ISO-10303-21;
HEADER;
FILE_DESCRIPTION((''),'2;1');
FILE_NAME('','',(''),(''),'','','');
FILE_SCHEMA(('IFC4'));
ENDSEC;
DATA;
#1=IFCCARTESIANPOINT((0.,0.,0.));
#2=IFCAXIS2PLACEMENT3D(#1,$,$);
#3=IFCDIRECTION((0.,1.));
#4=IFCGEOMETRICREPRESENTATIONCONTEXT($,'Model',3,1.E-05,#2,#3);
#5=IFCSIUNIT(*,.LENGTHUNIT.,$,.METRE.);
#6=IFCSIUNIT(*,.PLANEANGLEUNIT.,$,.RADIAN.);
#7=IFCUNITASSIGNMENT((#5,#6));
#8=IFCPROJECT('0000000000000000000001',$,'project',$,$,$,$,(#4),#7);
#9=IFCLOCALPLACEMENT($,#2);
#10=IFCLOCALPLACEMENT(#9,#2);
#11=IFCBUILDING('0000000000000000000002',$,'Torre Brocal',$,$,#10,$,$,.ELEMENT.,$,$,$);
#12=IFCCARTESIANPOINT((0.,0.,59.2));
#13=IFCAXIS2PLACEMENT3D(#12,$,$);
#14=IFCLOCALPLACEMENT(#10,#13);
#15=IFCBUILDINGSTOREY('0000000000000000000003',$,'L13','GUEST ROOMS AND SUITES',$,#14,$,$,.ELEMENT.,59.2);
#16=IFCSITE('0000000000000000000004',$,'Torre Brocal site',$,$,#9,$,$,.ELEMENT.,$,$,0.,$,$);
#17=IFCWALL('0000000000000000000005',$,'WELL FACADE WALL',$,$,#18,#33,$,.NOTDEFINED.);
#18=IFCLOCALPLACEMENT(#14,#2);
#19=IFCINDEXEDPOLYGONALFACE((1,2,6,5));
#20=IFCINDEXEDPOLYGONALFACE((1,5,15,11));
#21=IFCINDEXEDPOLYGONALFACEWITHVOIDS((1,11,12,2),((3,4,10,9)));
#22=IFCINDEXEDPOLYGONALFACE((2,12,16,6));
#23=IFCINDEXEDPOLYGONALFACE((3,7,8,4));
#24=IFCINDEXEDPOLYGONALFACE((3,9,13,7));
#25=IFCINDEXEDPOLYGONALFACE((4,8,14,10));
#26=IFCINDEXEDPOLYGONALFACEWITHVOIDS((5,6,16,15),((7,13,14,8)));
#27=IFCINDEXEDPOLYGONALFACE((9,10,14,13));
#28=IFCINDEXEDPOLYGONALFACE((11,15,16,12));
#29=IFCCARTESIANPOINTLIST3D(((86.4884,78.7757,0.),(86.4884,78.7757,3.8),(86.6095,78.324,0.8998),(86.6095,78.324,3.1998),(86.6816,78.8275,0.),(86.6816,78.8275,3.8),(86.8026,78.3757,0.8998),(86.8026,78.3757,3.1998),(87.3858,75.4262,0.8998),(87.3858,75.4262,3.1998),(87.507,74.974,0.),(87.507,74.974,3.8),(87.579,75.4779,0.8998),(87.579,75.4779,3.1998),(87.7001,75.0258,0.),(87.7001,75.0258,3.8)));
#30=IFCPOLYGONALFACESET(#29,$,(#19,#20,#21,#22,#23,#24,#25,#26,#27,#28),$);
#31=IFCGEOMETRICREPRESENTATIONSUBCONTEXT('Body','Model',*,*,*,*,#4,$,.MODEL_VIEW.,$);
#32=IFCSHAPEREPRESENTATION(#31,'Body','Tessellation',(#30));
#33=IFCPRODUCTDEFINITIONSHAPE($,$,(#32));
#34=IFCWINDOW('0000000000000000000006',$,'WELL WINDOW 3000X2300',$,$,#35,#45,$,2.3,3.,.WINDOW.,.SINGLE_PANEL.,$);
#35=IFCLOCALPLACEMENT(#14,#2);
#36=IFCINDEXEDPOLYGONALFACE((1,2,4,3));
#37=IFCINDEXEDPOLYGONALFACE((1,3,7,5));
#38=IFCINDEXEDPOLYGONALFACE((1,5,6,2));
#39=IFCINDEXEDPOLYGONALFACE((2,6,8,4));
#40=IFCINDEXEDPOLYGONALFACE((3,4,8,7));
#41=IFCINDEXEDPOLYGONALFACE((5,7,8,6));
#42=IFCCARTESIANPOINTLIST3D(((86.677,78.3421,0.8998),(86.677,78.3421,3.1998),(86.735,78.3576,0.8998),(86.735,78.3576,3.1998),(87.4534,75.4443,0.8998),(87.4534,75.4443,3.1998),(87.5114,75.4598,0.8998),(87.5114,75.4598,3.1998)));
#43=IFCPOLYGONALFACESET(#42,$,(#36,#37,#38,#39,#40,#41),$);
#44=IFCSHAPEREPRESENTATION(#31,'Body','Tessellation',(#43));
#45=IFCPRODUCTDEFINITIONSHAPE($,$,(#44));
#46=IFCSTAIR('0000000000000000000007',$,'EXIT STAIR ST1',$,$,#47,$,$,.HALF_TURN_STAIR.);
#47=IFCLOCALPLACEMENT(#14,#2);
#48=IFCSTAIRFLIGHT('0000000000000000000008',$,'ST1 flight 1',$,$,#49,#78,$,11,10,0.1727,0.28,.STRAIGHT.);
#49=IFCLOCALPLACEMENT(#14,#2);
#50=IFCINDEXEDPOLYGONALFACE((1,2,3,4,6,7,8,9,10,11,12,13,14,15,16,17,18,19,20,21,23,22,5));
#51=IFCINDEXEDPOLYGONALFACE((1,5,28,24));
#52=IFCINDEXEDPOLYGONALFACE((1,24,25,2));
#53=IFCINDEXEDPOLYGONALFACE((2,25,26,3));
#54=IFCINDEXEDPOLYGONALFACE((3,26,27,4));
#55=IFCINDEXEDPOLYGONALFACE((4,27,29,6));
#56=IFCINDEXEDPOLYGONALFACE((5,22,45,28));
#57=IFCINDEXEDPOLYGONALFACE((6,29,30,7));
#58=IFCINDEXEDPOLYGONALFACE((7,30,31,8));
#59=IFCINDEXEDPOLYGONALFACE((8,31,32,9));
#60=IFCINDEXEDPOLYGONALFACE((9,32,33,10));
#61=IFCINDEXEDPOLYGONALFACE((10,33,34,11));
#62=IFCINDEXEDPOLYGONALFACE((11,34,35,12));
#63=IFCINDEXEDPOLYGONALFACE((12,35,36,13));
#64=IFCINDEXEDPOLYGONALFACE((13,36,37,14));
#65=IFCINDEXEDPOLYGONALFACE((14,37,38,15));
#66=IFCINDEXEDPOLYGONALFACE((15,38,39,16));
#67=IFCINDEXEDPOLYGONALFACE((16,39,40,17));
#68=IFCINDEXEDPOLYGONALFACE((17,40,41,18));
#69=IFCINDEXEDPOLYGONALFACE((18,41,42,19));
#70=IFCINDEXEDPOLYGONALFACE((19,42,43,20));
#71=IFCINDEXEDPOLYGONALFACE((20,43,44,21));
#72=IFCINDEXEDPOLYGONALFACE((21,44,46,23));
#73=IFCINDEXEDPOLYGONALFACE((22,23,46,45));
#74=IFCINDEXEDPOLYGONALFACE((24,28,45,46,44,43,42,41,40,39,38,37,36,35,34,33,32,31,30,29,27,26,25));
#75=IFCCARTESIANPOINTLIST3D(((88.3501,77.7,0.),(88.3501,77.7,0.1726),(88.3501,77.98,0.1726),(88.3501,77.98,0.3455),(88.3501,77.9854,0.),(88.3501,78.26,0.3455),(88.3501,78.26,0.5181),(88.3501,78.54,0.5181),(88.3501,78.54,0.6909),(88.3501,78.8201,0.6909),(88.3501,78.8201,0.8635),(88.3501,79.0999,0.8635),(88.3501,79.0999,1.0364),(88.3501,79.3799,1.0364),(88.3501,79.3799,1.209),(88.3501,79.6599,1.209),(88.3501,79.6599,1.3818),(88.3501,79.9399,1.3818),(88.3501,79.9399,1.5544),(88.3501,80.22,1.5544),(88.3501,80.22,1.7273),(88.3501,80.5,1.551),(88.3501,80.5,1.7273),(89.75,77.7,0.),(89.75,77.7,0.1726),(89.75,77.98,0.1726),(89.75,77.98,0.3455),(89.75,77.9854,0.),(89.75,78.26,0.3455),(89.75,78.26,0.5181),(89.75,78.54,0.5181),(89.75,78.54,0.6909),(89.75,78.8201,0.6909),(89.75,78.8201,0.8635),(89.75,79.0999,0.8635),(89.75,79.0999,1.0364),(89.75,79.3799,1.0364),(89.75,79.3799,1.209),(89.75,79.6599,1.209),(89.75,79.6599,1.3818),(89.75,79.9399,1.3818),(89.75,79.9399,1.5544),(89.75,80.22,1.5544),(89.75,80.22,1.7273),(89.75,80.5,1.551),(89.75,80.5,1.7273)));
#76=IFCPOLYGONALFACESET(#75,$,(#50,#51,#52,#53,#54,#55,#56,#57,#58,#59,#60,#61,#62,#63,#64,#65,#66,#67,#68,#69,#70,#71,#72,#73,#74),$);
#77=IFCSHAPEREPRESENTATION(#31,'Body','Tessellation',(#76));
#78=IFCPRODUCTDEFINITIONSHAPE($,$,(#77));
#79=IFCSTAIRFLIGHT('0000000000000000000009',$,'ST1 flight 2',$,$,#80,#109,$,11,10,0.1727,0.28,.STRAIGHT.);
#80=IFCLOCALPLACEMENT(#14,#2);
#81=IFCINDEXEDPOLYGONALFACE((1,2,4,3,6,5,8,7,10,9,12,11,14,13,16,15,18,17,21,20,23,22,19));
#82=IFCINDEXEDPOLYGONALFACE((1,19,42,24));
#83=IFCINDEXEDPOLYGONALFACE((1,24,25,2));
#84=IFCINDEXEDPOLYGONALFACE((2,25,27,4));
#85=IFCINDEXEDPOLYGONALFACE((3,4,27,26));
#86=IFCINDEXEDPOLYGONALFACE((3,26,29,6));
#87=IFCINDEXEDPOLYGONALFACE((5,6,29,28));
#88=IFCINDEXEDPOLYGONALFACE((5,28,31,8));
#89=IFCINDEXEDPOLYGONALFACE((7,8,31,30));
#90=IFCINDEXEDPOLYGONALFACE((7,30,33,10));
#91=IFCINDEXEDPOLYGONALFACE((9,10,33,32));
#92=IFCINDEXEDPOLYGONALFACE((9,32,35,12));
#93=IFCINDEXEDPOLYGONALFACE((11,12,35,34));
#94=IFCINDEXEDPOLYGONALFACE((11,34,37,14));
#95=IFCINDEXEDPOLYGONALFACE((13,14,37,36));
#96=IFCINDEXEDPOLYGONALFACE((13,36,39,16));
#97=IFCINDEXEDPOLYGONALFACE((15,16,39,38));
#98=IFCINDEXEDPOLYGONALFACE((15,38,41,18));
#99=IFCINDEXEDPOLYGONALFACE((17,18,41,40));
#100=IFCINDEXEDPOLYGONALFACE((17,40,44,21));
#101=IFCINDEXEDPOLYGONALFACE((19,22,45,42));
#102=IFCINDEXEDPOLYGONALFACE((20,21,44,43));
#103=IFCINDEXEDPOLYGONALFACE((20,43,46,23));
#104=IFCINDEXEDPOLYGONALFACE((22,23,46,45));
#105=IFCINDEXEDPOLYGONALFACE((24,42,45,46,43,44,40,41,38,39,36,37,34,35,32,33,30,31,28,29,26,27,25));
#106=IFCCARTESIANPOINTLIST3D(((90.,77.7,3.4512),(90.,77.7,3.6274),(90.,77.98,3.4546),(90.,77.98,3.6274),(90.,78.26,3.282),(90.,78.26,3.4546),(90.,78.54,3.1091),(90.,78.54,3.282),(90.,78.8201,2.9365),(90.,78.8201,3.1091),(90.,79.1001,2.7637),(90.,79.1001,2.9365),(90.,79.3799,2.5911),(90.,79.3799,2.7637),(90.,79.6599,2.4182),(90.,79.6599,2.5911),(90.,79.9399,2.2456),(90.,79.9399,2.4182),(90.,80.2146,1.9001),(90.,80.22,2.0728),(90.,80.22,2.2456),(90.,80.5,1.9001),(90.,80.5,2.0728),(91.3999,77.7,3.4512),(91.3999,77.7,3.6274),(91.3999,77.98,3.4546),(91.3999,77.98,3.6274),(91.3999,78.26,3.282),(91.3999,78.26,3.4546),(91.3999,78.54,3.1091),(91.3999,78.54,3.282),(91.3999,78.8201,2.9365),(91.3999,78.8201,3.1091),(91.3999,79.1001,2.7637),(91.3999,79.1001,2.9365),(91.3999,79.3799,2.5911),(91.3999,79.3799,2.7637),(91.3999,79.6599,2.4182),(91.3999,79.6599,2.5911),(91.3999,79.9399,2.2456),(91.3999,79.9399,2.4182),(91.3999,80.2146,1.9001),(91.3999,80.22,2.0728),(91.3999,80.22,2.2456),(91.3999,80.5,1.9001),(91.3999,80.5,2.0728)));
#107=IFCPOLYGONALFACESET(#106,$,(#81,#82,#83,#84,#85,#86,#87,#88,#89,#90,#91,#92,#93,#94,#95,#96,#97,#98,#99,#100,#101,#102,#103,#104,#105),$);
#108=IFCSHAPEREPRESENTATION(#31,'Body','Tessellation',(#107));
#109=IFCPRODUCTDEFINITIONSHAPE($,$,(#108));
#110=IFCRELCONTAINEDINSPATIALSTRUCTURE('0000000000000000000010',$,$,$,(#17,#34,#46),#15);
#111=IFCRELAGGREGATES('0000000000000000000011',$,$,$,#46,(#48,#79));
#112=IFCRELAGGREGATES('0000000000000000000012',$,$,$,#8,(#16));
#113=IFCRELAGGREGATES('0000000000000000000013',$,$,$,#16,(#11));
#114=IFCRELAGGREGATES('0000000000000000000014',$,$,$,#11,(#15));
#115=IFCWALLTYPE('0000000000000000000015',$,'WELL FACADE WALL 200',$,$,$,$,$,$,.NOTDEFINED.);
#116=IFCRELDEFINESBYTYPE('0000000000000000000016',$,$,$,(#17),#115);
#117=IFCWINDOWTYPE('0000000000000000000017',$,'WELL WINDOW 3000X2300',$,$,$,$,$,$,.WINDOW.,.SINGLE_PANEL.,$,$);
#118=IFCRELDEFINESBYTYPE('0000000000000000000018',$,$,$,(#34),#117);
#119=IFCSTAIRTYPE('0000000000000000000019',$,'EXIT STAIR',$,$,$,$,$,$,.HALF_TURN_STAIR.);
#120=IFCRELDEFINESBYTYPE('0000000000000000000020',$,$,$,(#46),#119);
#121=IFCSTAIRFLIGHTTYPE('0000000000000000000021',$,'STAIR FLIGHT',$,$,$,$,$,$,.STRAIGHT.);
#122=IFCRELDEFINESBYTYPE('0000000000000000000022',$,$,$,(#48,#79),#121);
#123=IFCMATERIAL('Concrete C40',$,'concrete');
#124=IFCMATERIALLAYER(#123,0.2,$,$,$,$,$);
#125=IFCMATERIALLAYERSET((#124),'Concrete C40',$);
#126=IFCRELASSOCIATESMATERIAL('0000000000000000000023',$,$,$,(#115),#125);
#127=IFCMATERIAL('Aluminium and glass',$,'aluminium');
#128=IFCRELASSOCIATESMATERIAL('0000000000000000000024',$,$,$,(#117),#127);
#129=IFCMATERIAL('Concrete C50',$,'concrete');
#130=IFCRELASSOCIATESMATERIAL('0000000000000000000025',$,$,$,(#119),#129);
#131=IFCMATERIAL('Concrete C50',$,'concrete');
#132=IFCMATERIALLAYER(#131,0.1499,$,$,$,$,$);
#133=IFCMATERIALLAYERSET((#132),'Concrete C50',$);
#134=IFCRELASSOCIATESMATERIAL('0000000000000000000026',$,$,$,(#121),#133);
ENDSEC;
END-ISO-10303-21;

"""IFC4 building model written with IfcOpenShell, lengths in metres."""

from ifc_helpers import new_model, si_unit, direction, frame, frame_2d, origin, place, context, subcontext, project, spatial, polyline, rectangle, outline, extrude, material, layer, layer_set, type_object, element, fill, aggregate, save


model = new_model("IFC4")

# Units and contexts
model_context = context("Model", 3, precision=1e-05, world=origin(), true_north=direction((0.0, 1.0)))
body_context = subcontext(model_context, "Body", "Model", "MODEL_VIEW")
ifc_project = project(units=[si_unit("LENGTHUNIT", "METRE"), si_unit("PLANEANGLEUNIT", "RADIAN")], contexts=[model_context])

# Site, building, storey
site_placement = place(None, origin())
site = spatial("IfcSite", under=ifc_project, at=site_placement, Name="Torre Brocal site", CompositionType="ELEMENT", RefElevation=0.0)
building_placement = place(site_placement, origin())
building = spatial("IfcBuilding", under=site, at=building_placement, Name="Torre Brocal", CompositionType="ELEMENT")
storey_placement = place(building_placement, frame((0.0, 0.0, 59.2)))
storey = spatial("IfcBuildingStorey", under=building, at=storey_placement, Name="L13", Description="GUEST ROOMS AND SUITES", CompositionType="ELEMENT", Elevation=59.2)

# Wall, opening, window
ifc_material_1 = material(Name="Concrete C40", Category="concrete")
ifc_layer_1 = layer(ifc_material_1, 0.2)
ifc_layer_set_1 = layer_set([ifc_layer_1], Name="Concrete C40")
wall_type_1 = type_object("IfcWallType", Name="WELL FACADE WALL 200", PredefinedType="NOTDEFINED", material=ifc_layer_set_1)
wall_1_placement = place(storey_placement, frame((87.6035, 75.0, 0.0), z_axis=(0.0, 0.0, 1.0), x_axis=(-0.25879, 0.965934, 0.0)))
wall_1 = element("IfcWall", 1, at=wall_1_placement, inside=storey, type_object=wall_type_1, Name="WELL FACADE WALL", PredefinedType="NOTDEFINED", context=body_context, shape_type="SweptSolid", body=[
    extrude(rectangle(XDim=3.9358, YDim=0.2, at=frame_2d((1.9678, 0.0))), origin(), (0.0, 0.0, 1.0), 3.8),
])
opening_1_placement = place(wall_1_placement, frame((0.468, 0.0, 0.8999)))
opening_1 = element("IfcOpeningElement", 2, at=opening_1_placement, cuts=wall_1, PredefinedType="OPENING", context=body_context, shape_type="SweptSolid", body=[
    extrude(rectangle(XDim=3.0, YDim=2.3, at=frame_2d((1.5, 1.1499))), frame((0.0, 0.1099, 0.0), z_axis=(0.0, -1.0, 0.0), x_axis=(1.0, 0.0, 0.0)), (0.0, 0.0, 1.0), 0.22),
])
ifc_material_2 = material(Name="Aluminium and glass", Category="aluminium")
window_type = type_object("IfcWindowType", Name="WELL WINDOW 3000X2300", PartitioningType="SINGLE_PANEL", PredefinedType="WINDOW", material=ifc_material_2)
window_placement = place(opening_1_placement, origin())
window = element("IfcWindow", 3, at=window_placement, inside=storey, type_object=window_type, Name="WELL WINDOW 3000X2300", OverallHeight=2.3, OverallWidth=3.0, PartitioningType="SINGLE_PANEL", PredefinedType="WINDOW", context=body_context, shape_type="SweptSolid", body=[
    extrude(rectangle(XDim=3.0, YDim=2.3, at=frame_2d((1.5, 1.1499))), frame((0.0, 0.03, 0.0), z_axis=(0.0, -1.0, 0.0), x_axis=(1.0, 0.0, 0.0)), (0.0, 0.0, 1.0), 0.0601),
])
fill(opening_1, window)

# Stair, stair flights
ifc_material_3 = material(Name="Concrete C50", Category="concrete")
stair_type = type_object("IfcStairType", Name="EXIT STAIR", PredefinedType="HALF_TURN_STAIR", material=ifc_material_3)
stair_placement = place(storey_placement, origin())
stair = element("IfcStair", 4, at=stair_placement, inside=storey, type_object=stair_type, Name="EXIT STAIR ST1", PredefinedType="HALF_TURN_STAIR")
ifc_material_4 = material(Name="Concrete C50", Category="concrete")
ifc_layer_2 = layer(ifc_material_4, 0.1499)
ifc_layer_set_2 = layer_set([ifc_layer_2], Name="Concrete C50")
stair_flight_type = type_object("IfcStairFlightType", Name="STAIR FLIGHT", PredefinedType="STRAIGHT", material=ifc_layer_set_2)
stair_flight_1_placement = place(storey_placement, frame((89.05, 77.7, 0.0), z_axis=(0.0, 0.0, 1.0), x_axis=(0.0, 1.0, 0.0)))
stair_flight_1 = element("IfcStairFlight", 5, at=stair_flight_1_placement, type_object=stair_flight_type, Name="ST1 flight 1", NumberOfRisers=11, NumberOfTreads=10, PredefinedType="STRAIGHT", RiserHeight=0.1727, TreadLength=0.28, context=body_context, shape_type="SweptSolid", body=[
    extrude(outline(polyline([(0.0, 0.0), (0.0, 0.1726), (0.28, 0.1726), (0.28, 0.3455), (0.5601, 0.3455), (0.5601, 0.5181), (0.8401, 0.5181), (0.8401, 0.6909), (1.1201, 0.6909), (1.1201, 0.8635), (1.3999, 0.8635), (1.3999, 1.0364), (1.6799, 1.0364), (1.6799, 1.209), (1.96, 1.209), (1.96, 1.3818), (2.24, 1.3818), (2.24, 1.5544), (2.52, 1.5544), (2.52, 1.7273), (2.8, 1.7273), (2.8, 1.8999), (2.8, 1.551), (0.2854, 0.0), (0.0, 0.0)])), frame((0.0, 0.7, 0.0), z_axis=(0.0, -1.0, 0.0), x_axis=(1.0, 0.0, 0.0)), (0.0, 0.0, 1.0), 1.3999),
])
stair_flight_2_placement = place(storey_placement, frame((90.7, 80.5, 1.9001), z_axis=(0.0, 0.0, 1.0), x_axis=(0.0, -1.0, 0.0)))
stair_flight_2 = element("IfcStairFlight", 6, at=stair_flight_2_placement, type_object=stair_flight_type, Name="ST1 flight 2", NumberOfRisers=11, NumberOfTreads=10, PredefinedType="STRAIGHT", RiserHeight=0.1727, TreadLength=0.28, context=body_context, shape_type="SweptSolid", body=[
    extrude(outline(polyline([(0.0, 0.0), (0.0, 0.1726), (0.28, 0.1726), (0.28, 0.3455), (0.5601, 0.3455), (0.5601, 0.5181), (0.8401, 0.5181), (0.8401, 0.6909), (1.1201, 0.6909), (1.1201, 0.8635), (1.3999, 0.8635), (1.3999, 1.0364), (1.6799, 1.0364), (1.6799, 1.209), (1.96, 1.209), (1.96, 1.3818), (2.24, 1.3818), (2.24, 1.5544), (2.52, 1.5544), (2.52, 1.7273), (2.8, 1.7273), (2.8, 1.8999), (2.8, 1.551), (0.2854, 0.0), (0.0, 0.0)])), frame((0.0, 0.7, 0.0), z_axis=(0.0, -1.0, 0.0), x_axis=(1.0, 0.0, 0.0)), (0.0, 0.0, 1.0), 1.3999),
])
aggregate(stair, [stair_flight_1, stair_flight_2])

save(model, "model.ifc")
